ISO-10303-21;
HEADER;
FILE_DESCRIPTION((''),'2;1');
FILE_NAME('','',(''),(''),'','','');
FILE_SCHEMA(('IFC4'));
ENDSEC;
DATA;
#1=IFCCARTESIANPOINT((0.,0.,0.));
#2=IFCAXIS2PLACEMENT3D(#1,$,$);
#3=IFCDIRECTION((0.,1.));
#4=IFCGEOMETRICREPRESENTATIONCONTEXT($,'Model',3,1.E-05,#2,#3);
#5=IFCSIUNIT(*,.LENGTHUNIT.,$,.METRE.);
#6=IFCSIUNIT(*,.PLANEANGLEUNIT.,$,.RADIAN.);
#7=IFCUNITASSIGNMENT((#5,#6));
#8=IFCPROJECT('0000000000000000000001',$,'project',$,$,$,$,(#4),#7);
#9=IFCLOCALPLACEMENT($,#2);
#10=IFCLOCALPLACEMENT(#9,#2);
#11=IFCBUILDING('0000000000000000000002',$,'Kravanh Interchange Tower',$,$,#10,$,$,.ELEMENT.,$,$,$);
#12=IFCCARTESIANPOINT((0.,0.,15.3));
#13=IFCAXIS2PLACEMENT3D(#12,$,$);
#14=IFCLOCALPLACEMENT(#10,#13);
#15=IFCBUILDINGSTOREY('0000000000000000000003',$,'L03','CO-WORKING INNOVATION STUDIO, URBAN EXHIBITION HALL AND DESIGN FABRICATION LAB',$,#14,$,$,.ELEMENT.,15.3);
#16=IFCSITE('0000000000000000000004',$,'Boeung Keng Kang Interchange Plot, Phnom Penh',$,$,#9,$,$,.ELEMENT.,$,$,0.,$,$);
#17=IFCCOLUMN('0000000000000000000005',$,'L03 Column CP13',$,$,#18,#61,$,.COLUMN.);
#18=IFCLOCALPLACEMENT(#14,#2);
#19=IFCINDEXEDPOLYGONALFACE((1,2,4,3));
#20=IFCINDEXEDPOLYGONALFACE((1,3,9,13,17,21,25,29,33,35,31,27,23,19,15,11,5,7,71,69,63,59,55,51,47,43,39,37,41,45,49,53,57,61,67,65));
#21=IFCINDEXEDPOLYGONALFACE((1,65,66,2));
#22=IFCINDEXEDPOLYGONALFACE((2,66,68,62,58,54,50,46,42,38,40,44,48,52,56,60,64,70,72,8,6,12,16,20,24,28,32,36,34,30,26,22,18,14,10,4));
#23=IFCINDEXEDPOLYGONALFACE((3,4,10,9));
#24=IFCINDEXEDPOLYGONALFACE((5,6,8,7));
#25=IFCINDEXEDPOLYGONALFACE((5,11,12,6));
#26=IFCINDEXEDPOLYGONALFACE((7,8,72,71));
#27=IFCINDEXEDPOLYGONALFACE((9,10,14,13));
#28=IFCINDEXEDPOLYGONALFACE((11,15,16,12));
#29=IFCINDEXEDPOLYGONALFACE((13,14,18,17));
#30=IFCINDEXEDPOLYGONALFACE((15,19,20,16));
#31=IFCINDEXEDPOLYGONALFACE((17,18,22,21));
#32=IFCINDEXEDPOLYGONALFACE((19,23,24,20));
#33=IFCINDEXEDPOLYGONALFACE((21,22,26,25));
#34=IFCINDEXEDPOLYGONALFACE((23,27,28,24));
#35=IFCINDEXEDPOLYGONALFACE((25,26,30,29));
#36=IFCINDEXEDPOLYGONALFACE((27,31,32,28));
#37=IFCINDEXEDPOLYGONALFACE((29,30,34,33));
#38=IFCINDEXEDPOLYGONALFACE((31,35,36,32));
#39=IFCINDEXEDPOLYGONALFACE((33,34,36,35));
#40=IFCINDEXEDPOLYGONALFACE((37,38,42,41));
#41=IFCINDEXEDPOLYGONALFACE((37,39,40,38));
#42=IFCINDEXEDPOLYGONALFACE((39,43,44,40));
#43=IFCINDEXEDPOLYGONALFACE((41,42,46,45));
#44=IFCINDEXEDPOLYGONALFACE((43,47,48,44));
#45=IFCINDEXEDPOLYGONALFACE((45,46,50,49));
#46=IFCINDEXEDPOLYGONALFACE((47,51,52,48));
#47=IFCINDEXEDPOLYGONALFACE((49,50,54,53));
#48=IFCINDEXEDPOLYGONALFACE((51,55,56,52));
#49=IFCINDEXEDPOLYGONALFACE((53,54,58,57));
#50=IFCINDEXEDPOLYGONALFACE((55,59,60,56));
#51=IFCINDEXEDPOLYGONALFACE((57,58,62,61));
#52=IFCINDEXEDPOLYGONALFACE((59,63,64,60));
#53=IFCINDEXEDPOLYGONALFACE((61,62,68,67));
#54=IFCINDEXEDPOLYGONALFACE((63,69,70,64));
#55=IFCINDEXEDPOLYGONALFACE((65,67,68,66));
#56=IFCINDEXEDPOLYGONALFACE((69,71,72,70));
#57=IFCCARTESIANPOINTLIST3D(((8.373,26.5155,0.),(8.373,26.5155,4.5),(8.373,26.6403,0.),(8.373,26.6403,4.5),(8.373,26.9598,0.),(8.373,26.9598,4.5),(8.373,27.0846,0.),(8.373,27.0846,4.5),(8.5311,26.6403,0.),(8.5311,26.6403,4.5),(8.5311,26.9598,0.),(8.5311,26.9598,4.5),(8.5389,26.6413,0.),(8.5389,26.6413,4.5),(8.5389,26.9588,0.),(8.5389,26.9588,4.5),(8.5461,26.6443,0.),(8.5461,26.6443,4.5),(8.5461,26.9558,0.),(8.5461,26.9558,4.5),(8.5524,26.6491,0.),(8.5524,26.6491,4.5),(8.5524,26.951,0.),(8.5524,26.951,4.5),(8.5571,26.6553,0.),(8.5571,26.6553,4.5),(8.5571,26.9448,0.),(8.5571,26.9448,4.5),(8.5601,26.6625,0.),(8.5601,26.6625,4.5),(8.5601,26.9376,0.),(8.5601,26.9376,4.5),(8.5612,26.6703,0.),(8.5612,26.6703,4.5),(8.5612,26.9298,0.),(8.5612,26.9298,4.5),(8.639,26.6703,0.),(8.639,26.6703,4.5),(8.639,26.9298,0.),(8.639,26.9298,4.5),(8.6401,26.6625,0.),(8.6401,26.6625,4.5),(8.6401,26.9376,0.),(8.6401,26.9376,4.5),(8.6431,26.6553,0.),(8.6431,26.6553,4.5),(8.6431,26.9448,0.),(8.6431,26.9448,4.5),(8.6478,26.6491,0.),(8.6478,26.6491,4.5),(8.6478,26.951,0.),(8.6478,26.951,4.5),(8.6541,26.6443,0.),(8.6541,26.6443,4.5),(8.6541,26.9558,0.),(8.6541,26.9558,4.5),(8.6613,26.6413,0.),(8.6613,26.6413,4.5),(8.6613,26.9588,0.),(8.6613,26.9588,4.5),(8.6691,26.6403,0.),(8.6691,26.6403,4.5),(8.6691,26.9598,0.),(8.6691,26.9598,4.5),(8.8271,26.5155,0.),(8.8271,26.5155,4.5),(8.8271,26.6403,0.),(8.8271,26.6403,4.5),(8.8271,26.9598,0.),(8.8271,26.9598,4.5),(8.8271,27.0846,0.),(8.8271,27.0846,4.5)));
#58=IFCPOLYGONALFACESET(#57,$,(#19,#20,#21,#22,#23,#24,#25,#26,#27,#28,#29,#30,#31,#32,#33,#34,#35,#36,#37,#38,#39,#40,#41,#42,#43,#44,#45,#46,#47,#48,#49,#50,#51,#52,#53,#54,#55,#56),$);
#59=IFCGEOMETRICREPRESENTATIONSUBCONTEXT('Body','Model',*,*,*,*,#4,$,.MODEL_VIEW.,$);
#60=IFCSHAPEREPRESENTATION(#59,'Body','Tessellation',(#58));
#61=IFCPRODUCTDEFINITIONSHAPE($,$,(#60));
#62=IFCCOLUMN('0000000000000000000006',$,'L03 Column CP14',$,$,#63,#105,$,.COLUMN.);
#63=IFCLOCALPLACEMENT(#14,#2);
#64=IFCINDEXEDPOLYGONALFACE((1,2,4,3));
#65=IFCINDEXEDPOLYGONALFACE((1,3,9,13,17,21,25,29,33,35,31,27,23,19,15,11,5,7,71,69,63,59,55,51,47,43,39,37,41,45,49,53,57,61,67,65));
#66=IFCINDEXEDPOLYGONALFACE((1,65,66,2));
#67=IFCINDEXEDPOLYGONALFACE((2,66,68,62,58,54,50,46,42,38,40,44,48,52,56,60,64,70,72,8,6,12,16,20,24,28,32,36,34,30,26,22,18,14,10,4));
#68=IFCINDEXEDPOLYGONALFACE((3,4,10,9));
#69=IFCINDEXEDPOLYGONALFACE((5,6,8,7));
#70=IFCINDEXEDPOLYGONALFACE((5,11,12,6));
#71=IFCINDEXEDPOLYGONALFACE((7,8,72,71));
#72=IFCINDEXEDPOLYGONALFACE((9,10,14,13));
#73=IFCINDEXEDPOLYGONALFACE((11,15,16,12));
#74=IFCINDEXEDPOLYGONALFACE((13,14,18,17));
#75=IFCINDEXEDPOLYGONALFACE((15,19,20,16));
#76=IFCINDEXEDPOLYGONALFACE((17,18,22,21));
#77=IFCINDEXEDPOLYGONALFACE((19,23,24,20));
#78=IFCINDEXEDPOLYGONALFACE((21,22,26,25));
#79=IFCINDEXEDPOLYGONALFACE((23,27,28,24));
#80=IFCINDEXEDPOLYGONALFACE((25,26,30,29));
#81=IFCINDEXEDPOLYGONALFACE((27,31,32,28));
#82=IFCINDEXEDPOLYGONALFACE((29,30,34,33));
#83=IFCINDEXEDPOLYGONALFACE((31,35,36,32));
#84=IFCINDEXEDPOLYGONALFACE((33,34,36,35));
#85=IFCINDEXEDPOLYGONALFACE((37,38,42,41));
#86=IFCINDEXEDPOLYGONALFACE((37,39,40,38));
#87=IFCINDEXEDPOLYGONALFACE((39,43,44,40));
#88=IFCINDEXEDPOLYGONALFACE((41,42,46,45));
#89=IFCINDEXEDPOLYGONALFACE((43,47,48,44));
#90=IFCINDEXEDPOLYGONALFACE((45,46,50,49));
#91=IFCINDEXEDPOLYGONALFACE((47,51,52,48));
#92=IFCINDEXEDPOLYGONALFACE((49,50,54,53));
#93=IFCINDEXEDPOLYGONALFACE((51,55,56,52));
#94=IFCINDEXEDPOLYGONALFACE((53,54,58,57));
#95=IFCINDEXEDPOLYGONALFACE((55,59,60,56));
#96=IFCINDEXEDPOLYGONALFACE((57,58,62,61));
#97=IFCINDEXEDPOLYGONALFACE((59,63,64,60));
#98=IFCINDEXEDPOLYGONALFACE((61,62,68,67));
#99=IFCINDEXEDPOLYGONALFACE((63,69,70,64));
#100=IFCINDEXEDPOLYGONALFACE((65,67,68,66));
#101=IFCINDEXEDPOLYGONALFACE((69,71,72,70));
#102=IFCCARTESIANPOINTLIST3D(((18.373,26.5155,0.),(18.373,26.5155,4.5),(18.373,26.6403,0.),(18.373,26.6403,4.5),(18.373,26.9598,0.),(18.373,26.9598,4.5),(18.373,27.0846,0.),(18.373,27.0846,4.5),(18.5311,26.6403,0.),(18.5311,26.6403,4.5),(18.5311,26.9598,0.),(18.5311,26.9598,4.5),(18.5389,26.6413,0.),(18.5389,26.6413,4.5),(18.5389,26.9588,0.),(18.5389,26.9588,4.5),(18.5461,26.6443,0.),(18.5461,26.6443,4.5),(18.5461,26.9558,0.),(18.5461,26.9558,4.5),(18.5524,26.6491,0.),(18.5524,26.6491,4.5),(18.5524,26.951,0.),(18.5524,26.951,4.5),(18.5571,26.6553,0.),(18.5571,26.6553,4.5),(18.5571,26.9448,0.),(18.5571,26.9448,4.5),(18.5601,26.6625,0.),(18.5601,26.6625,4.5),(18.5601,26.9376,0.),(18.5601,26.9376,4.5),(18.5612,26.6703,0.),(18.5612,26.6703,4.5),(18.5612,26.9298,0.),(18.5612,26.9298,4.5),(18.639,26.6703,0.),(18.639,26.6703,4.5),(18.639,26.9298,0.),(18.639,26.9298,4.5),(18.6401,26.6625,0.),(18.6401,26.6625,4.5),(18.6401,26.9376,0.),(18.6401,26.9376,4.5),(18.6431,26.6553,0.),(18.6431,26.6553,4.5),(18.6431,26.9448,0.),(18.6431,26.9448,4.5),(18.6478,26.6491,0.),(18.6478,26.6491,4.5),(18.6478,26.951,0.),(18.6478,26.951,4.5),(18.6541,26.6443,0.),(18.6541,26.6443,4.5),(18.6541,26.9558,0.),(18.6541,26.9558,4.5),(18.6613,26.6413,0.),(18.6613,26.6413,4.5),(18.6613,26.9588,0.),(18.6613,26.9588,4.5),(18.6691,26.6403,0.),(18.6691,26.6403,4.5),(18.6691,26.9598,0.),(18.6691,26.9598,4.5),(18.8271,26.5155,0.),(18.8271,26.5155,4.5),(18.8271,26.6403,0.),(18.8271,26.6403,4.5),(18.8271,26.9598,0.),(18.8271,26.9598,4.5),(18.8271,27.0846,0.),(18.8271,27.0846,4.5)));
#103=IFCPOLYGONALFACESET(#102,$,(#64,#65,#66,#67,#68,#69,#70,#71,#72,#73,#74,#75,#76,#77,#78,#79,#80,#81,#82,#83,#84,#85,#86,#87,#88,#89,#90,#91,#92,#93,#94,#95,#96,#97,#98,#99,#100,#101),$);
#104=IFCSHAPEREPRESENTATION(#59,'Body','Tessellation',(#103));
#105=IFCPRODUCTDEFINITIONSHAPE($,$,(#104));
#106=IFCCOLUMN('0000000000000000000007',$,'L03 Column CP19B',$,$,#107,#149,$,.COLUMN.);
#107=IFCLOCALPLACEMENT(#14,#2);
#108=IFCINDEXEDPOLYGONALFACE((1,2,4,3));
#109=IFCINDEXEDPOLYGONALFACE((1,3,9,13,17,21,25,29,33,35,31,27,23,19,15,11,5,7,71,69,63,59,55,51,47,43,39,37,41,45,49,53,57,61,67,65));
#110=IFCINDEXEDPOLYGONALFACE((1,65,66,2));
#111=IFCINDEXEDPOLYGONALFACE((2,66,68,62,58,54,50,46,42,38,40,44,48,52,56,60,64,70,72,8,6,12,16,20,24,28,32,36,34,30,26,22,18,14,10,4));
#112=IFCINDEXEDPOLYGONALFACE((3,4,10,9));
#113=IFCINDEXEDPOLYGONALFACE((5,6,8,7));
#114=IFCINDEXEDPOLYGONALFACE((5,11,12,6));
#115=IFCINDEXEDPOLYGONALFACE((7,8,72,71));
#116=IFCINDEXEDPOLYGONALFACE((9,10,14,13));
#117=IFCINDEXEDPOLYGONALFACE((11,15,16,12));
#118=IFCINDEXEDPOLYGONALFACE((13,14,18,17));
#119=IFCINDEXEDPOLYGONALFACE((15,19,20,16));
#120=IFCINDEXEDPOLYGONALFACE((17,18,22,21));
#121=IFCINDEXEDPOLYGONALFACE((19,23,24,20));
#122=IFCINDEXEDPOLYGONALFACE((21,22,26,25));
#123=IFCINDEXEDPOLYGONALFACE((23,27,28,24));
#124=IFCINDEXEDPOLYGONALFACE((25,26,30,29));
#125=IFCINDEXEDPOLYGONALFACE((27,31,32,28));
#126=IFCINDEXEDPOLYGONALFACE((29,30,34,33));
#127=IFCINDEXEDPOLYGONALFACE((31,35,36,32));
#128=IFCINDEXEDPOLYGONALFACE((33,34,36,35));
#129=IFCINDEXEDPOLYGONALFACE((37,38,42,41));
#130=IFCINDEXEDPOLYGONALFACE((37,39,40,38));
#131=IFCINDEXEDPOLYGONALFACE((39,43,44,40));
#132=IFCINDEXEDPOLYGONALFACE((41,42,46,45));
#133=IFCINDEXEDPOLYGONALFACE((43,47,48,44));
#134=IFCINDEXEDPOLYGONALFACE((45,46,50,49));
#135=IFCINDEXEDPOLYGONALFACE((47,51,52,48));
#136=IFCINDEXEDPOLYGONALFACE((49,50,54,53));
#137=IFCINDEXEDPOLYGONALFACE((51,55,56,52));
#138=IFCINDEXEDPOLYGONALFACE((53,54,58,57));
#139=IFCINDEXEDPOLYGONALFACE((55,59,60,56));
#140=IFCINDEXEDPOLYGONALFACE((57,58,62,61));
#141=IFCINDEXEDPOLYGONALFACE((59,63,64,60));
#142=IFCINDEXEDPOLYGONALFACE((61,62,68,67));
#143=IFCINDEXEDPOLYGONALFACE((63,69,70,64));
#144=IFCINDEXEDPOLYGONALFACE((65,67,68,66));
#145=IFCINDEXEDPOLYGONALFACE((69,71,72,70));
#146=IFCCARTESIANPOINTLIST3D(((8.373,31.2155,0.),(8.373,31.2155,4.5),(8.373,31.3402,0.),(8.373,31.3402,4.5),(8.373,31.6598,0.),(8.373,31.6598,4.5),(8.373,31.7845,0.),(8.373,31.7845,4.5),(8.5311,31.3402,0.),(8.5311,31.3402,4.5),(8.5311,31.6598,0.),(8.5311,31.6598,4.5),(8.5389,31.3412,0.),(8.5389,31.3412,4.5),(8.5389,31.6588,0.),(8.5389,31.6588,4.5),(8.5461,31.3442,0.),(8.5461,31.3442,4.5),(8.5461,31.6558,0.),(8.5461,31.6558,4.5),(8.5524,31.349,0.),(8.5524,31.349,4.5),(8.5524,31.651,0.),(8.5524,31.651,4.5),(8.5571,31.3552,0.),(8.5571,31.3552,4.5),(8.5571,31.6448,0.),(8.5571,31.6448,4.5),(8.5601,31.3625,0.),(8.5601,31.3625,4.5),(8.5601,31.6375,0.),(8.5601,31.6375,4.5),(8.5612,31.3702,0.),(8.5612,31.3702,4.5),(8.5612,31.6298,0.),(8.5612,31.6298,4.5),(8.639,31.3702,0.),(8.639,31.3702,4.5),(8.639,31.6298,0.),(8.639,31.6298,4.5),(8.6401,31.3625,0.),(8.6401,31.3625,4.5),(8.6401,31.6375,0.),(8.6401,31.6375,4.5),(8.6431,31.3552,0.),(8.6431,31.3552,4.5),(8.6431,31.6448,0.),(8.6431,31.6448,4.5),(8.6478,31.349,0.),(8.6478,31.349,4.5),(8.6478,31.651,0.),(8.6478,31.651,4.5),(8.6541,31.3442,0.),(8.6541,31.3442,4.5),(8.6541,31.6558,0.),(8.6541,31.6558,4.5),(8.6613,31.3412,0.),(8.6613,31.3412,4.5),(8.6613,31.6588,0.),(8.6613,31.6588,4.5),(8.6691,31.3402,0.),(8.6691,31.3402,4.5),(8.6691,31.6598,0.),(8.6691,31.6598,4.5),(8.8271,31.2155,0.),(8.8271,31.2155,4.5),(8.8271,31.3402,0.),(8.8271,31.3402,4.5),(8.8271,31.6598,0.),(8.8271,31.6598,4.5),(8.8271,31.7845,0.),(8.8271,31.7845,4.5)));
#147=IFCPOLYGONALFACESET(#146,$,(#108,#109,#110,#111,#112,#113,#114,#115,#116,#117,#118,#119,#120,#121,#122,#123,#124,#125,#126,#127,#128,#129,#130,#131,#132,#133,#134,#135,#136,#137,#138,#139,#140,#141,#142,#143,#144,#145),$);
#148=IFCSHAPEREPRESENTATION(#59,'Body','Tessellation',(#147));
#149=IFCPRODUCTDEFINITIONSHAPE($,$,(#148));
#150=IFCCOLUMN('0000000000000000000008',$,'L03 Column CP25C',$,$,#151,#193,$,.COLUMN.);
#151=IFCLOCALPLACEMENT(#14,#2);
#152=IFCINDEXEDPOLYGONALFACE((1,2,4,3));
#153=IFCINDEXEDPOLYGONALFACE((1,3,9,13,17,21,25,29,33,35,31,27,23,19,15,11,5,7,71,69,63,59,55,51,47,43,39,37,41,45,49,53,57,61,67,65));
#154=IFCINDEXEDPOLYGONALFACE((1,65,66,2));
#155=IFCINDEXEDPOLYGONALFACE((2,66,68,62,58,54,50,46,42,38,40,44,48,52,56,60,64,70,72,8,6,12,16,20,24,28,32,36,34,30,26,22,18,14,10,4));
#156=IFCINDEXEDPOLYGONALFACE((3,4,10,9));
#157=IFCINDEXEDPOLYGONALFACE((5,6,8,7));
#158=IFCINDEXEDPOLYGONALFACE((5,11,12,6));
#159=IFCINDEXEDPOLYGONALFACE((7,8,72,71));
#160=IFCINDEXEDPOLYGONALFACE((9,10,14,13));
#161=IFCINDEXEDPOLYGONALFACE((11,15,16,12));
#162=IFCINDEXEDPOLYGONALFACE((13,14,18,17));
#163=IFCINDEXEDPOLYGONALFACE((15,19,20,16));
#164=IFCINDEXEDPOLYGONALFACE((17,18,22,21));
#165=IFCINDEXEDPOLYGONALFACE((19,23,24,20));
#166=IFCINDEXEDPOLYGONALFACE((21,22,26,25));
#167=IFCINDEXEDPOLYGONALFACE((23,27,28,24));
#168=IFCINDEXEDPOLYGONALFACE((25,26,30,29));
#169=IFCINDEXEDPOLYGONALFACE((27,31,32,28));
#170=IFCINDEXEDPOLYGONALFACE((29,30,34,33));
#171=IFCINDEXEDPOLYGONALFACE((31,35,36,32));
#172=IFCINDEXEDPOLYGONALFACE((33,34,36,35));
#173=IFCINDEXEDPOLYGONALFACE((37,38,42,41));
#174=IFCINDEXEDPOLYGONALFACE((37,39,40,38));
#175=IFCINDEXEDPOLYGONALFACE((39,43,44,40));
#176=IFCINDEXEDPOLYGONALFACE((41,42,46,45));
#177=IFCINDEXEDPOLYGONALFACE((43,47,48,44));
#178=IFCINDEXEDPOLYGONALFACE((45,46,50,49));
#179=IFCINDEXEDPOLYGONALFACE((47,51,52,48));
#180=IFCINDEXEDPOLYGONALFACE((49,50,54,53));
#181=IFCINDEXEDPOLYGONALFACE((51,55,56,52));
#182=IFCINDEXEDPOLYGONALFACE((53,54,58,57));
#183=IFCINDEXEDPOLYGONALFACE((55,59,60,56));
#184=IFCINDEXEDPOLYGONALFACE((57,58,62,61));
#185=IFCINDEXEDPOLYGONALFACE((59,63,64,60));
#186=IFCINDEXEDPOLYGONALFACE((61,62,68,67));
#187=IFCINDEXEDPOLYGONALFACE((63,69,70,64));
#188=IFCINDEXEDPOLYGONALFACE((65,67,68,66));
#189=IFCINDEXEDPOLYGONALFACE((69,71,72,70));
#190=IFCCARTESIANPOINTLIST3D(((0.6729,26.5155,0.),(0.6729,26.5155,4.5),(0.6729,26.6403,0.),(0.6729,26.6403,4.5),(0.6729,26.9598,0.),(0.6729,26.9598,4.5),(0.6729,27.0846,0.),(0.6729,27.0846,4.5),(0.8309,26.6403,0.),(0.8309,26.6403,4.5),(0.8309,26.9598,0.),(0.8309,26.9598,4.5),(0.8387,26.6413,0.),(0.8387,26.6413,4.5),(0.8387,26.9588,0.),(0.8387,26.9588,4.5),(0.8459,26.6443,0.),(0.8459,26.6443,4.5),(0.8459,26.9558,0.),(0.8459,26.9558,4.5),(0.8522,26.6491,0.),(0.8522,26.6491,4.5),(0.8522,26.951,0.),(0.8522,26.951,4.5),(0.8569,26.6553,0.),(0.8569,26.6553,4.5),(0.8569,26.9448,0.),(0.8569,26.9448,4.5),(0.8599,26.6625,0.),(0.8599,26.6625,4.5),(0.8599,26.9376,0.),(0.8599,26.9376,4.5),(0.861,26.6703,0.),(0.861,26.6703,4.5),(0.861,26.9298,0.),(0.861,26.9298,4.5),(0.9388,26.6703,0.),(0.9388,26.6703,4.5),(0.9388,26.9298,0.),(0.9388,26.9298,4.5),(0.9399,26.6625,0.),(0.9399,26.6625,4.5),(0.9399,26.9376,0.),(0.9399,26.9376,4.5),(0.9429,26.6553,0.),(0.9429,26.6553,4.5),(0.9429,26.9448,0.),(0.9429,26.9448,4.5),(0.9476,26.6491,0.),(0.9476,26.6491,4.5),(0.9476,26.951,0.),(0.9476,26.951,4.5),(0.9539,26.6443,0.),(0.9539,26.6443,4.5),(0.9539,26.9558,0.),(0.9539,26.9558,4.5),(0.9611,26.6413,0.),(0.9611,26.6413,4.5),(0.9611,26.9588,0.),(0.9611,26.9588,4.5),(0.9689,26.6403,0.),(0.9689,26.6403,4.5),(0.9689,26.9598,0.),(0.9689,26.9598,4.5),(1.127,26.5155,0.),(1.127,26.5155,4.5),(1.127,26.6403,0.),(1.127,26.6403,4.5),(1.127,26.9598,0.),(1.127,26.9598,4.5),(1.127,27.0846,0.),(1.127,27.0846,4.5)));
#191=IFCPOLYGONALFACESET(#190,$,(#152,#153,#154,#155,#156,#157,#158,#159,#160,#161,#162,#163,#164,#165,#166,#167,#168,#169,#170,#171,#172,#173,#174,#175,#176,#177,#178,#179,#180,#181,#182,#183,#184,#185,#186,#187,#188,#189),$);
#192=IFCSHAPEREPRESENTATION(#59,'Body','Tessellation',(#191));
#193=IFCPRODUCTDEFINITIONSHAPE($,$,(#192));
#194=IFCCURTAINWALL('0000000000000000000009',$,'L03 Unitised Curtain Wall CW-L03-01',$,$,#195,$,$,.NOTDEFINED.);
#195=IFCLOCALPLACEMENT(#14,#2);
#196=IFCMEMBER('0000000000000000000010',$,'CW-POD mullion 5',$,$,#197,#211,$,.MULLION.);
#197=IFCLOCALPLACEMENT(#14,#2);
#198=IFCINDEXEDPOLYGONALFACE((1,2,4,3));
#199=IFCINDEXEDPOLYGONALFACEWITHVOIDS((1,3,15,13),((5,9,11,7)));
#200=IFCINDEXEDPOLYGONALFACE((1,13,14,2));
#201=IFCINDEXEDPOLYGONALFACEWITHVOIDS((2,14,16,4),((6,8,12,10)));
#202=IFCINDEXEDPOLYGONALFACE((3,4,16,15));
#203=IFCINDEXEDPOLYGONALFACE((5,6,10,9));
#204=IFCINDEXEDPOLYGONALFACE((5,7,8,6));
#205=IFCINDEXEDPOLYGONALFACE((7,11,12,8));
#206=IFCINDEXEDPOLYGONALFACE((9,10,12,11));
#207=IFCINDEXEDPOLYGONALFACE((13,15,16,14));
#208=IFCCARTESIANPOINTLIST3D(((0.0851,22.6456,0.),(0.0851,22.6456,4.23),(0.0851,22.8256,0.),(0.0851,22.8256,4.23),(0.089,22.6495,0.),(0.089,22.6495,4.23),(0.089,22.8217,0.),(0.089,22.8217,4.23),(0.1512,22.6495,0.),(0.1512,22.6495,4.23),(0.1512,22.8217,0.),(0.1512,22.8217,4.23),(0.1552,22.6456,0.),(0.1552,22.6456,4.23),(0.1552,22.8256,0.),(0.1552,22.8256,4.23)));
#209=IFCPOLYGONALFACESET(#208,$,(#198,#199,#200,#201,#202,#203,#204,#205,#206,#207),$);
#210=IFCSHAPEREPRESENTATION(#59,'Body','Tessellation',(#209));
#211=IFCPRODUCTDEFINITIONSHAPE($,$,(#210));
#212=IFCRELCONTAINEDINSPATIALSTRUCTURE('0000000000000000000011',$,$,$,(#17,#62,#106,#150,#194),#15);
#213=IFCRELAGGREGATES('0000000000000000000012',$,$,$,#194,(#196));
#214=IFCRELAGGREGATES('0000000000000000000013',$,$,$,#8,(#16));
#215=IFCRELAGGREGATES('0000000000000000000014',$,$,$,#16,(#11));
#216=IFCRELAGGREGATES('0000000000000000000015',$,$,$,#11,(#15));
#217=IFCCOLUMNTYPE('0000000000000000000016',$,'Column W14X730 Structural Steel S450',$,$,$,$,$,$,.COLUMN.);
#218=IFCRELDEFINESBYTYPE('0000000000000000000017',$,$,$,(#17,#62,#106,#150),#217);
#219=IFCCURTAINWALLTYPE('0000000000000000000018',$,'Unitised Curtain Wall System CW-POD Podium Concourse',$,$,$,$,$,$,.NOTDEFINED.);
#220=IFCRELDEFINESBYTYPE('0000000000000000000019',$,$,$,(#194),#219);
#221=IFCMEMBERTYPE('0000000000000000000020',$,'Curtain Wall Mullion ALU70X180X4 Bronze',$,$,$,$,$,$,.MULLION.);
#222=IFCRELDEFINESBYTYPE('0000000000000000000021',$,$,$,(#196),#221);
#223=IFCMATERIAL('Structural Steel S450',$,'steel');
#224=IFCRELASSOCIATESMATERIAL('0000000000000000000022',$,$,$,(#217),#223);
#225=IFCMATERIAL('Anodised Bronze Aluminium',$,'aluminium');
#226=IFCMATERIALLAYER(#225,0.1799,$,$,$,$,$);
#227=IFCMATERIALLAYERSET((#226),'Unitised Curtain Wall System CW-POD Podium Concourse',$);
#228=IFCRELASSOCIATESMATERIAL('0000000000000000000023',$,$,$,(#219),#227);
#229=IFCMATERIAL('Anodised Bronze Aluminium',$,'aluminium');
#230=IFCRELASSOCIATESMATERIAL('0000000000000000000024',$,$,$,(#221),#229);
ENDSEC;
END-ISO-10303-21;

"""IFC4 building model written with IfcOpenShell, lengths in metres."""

from ifc_helpers import new_model, si_unit, direction, frame, origin, origin_2d, place, context, subcontext, project, spatial, hollow_rectangle, i_section, extrude, material, layer, layer_set, material_profile, profile_set, type_object, element, aggregate, save


model = new_model("IFC4")

# Units and contexts
model_context = context("Model", 3, precision=1e-05, world=origin(), true_north=direction((0.0, 1.0)))
body_context = subcontext(model_context, "Body", "Model", "MODEL_VIEW")
ifc_project = project(units=[si_unit("LENGTHUNIT", "METRE"), si_unit("PLANEANGLEUNIT", "RADIAN")], contexts=[model_context])

# Site, building, storey
site_placement = place(None, origin())
site = spatial("IfcSite", under=ifc_project, at=site_placement, Name="Boeung Keng Kang Interchange Plot, Phnom Penh", CompositionType="ELEMENT", RefElevation=0.0)
building_placement = place(site_placement, origin())
building = spatial("IfcBuilding", under=site, at=building_placement, Name="Kravanh Interchange Tower", CompositionType="ELEMENT")
storey_placement = place(building_placement, frame((0.0, 0.0, 15.3)))
storey = spatial("IfcBuildingStorey", under=building, at=storey_placement, Name="L03", Description="CO-WORKING INNOVATION STUDIO, URBAN EXHIBITION HALL AND DESIGN FABRICATION LAB", CompositionType="ELEMENT", Elevation=15.3)

# Columns
ifc_material_1 = material(Name="Structural Steel S450", Category="steel")
ifc_material_profile_1 = material_profile(ifc_material_1, i_section(OverallWidth=0.4541, OverallDepth=0.5691, WebThickness=0.0779, FlangeThickness=0.1248, FilletRadius=0.03, at=origin_2d()), Name="W14X730")
ifc_profile_set_1 = profile_set([ifc_material_profile_1], Name="Structural Steel S450")
column_type = type_object("IfcColumnType", Name="Column W14X730 Structural Steel S450", PredefinedType="COLUMN", material=ifc_profile_set_1)
for number, where, z_axis, x_axis, name in (
    (1, (8.6001, 26.8, 0.0), (0.0, 0.0, 1.0), (1.0, 0.0, 0.0), "L03 Column CP13"),
    (2, (18.6001, 26.8, 0.0), (0.0, 0.0, 1.0), (1.0, 0.0, 0.0), "L03 Column CP14"),
    (3, (8.6001, 31.5, 0.0), (0.0, 0.0, 1.0), (1.0, 0.0, 0.0), "L03 Column CP19B"),
    (4, (0.8999, 26.8, 0.0), (0.0, 0.0, 1.0), (1.0, 0.0, 0.0), "L03 Column CP25C"),
):
    element("IfcColumn", number, at=place(storey_placement, frame(where, z_axis=z_axis, x_axis=x_axis)), inside=storey, type_object=column_type, Name=name, PredefinedType="COLUMN", context=body_context, shape_type="SweptSolid", body=[
        extrude(i_section(OverallWidth=0.4541, OverallDepth=0.5691, WebThickness=0.0779, FlangeThickness=0.1248, FilletRadius=0.03, at=origin_2d()), origin(), (0.0, 0.0, 1.0), 4.5),
    ])

# Curtain wall, member
ifc_material_2 = material(Name="Anodised Bronze Aluminium", Category="aluminium")
ifc_layer_1 = layer(ifc_material_2, 0.1799)
ifc_layer_set_1 = layer_set([ifc_layer_1], Name="Unitised Curtain Wall System CW-POD Podium Concourse")
curtain_wall_type = type_object("IfcCurtainWallType", Name="Unitised Curtain Wall System CW-POD Podium Concourse", PredefinedType="NOTDEFINED", material=ifc_layer_set_1)
curtain_wall_placement = place(storey_placement, origin())
curtain_wall = element("IfcCurtainWall", 5, at=curtain_wall_placement, inside=storey, type_object=curtain_wall_type, Name="L03 Unitised Curtain Wall CW-L03-01", PredefinedType="NOTDEFINED")
ifc_material_3 = material(Name="Anodised Bronze Aluminium", Category="aluminium")
ifc_material_profile_2 = material_profile(ifc_material_3, hollow_rectangle(XDim=0.0701, YDim=0.1799, WallThickness=0.0039, at=origin_2d()), Name="ALU70X180X4")
ifc_profile_set_2 = profile_set([ifc_material_profile_2], Name="Anodised Bronze Aluminium")
member_type_1 = type_object("IfcMemberType", Name="Curtain Wall Mullion ALU70X180X4 Bronze", PredefinedType="MULLION", material=ifc_profile_set_2)
member_1_placement = place(storey_placement, frame((0.1201, 22.7356, 0.0), z_axis=(0.0, 0.0, 1.0), x_axis=(-1.0, 0.0, 0.0)))
member_1 = element("IfcMember", 6, at=member_1_placement, type_object=member_type_1, Name="CW-POD mullion 5", PredefinedType="MULLION", context=body_context, shape_type="SweptSolid", body=[
    extrude(hollow_rectangle(XDim=0.0701, YDim=0.1799, WallThickness=0.0039, at=origin_2d()), origin(), (0.0, 0.0, 1.0), 4.23),
])

aggregate(curtain_wall, [member_1])

save(model, "model.ifc")
